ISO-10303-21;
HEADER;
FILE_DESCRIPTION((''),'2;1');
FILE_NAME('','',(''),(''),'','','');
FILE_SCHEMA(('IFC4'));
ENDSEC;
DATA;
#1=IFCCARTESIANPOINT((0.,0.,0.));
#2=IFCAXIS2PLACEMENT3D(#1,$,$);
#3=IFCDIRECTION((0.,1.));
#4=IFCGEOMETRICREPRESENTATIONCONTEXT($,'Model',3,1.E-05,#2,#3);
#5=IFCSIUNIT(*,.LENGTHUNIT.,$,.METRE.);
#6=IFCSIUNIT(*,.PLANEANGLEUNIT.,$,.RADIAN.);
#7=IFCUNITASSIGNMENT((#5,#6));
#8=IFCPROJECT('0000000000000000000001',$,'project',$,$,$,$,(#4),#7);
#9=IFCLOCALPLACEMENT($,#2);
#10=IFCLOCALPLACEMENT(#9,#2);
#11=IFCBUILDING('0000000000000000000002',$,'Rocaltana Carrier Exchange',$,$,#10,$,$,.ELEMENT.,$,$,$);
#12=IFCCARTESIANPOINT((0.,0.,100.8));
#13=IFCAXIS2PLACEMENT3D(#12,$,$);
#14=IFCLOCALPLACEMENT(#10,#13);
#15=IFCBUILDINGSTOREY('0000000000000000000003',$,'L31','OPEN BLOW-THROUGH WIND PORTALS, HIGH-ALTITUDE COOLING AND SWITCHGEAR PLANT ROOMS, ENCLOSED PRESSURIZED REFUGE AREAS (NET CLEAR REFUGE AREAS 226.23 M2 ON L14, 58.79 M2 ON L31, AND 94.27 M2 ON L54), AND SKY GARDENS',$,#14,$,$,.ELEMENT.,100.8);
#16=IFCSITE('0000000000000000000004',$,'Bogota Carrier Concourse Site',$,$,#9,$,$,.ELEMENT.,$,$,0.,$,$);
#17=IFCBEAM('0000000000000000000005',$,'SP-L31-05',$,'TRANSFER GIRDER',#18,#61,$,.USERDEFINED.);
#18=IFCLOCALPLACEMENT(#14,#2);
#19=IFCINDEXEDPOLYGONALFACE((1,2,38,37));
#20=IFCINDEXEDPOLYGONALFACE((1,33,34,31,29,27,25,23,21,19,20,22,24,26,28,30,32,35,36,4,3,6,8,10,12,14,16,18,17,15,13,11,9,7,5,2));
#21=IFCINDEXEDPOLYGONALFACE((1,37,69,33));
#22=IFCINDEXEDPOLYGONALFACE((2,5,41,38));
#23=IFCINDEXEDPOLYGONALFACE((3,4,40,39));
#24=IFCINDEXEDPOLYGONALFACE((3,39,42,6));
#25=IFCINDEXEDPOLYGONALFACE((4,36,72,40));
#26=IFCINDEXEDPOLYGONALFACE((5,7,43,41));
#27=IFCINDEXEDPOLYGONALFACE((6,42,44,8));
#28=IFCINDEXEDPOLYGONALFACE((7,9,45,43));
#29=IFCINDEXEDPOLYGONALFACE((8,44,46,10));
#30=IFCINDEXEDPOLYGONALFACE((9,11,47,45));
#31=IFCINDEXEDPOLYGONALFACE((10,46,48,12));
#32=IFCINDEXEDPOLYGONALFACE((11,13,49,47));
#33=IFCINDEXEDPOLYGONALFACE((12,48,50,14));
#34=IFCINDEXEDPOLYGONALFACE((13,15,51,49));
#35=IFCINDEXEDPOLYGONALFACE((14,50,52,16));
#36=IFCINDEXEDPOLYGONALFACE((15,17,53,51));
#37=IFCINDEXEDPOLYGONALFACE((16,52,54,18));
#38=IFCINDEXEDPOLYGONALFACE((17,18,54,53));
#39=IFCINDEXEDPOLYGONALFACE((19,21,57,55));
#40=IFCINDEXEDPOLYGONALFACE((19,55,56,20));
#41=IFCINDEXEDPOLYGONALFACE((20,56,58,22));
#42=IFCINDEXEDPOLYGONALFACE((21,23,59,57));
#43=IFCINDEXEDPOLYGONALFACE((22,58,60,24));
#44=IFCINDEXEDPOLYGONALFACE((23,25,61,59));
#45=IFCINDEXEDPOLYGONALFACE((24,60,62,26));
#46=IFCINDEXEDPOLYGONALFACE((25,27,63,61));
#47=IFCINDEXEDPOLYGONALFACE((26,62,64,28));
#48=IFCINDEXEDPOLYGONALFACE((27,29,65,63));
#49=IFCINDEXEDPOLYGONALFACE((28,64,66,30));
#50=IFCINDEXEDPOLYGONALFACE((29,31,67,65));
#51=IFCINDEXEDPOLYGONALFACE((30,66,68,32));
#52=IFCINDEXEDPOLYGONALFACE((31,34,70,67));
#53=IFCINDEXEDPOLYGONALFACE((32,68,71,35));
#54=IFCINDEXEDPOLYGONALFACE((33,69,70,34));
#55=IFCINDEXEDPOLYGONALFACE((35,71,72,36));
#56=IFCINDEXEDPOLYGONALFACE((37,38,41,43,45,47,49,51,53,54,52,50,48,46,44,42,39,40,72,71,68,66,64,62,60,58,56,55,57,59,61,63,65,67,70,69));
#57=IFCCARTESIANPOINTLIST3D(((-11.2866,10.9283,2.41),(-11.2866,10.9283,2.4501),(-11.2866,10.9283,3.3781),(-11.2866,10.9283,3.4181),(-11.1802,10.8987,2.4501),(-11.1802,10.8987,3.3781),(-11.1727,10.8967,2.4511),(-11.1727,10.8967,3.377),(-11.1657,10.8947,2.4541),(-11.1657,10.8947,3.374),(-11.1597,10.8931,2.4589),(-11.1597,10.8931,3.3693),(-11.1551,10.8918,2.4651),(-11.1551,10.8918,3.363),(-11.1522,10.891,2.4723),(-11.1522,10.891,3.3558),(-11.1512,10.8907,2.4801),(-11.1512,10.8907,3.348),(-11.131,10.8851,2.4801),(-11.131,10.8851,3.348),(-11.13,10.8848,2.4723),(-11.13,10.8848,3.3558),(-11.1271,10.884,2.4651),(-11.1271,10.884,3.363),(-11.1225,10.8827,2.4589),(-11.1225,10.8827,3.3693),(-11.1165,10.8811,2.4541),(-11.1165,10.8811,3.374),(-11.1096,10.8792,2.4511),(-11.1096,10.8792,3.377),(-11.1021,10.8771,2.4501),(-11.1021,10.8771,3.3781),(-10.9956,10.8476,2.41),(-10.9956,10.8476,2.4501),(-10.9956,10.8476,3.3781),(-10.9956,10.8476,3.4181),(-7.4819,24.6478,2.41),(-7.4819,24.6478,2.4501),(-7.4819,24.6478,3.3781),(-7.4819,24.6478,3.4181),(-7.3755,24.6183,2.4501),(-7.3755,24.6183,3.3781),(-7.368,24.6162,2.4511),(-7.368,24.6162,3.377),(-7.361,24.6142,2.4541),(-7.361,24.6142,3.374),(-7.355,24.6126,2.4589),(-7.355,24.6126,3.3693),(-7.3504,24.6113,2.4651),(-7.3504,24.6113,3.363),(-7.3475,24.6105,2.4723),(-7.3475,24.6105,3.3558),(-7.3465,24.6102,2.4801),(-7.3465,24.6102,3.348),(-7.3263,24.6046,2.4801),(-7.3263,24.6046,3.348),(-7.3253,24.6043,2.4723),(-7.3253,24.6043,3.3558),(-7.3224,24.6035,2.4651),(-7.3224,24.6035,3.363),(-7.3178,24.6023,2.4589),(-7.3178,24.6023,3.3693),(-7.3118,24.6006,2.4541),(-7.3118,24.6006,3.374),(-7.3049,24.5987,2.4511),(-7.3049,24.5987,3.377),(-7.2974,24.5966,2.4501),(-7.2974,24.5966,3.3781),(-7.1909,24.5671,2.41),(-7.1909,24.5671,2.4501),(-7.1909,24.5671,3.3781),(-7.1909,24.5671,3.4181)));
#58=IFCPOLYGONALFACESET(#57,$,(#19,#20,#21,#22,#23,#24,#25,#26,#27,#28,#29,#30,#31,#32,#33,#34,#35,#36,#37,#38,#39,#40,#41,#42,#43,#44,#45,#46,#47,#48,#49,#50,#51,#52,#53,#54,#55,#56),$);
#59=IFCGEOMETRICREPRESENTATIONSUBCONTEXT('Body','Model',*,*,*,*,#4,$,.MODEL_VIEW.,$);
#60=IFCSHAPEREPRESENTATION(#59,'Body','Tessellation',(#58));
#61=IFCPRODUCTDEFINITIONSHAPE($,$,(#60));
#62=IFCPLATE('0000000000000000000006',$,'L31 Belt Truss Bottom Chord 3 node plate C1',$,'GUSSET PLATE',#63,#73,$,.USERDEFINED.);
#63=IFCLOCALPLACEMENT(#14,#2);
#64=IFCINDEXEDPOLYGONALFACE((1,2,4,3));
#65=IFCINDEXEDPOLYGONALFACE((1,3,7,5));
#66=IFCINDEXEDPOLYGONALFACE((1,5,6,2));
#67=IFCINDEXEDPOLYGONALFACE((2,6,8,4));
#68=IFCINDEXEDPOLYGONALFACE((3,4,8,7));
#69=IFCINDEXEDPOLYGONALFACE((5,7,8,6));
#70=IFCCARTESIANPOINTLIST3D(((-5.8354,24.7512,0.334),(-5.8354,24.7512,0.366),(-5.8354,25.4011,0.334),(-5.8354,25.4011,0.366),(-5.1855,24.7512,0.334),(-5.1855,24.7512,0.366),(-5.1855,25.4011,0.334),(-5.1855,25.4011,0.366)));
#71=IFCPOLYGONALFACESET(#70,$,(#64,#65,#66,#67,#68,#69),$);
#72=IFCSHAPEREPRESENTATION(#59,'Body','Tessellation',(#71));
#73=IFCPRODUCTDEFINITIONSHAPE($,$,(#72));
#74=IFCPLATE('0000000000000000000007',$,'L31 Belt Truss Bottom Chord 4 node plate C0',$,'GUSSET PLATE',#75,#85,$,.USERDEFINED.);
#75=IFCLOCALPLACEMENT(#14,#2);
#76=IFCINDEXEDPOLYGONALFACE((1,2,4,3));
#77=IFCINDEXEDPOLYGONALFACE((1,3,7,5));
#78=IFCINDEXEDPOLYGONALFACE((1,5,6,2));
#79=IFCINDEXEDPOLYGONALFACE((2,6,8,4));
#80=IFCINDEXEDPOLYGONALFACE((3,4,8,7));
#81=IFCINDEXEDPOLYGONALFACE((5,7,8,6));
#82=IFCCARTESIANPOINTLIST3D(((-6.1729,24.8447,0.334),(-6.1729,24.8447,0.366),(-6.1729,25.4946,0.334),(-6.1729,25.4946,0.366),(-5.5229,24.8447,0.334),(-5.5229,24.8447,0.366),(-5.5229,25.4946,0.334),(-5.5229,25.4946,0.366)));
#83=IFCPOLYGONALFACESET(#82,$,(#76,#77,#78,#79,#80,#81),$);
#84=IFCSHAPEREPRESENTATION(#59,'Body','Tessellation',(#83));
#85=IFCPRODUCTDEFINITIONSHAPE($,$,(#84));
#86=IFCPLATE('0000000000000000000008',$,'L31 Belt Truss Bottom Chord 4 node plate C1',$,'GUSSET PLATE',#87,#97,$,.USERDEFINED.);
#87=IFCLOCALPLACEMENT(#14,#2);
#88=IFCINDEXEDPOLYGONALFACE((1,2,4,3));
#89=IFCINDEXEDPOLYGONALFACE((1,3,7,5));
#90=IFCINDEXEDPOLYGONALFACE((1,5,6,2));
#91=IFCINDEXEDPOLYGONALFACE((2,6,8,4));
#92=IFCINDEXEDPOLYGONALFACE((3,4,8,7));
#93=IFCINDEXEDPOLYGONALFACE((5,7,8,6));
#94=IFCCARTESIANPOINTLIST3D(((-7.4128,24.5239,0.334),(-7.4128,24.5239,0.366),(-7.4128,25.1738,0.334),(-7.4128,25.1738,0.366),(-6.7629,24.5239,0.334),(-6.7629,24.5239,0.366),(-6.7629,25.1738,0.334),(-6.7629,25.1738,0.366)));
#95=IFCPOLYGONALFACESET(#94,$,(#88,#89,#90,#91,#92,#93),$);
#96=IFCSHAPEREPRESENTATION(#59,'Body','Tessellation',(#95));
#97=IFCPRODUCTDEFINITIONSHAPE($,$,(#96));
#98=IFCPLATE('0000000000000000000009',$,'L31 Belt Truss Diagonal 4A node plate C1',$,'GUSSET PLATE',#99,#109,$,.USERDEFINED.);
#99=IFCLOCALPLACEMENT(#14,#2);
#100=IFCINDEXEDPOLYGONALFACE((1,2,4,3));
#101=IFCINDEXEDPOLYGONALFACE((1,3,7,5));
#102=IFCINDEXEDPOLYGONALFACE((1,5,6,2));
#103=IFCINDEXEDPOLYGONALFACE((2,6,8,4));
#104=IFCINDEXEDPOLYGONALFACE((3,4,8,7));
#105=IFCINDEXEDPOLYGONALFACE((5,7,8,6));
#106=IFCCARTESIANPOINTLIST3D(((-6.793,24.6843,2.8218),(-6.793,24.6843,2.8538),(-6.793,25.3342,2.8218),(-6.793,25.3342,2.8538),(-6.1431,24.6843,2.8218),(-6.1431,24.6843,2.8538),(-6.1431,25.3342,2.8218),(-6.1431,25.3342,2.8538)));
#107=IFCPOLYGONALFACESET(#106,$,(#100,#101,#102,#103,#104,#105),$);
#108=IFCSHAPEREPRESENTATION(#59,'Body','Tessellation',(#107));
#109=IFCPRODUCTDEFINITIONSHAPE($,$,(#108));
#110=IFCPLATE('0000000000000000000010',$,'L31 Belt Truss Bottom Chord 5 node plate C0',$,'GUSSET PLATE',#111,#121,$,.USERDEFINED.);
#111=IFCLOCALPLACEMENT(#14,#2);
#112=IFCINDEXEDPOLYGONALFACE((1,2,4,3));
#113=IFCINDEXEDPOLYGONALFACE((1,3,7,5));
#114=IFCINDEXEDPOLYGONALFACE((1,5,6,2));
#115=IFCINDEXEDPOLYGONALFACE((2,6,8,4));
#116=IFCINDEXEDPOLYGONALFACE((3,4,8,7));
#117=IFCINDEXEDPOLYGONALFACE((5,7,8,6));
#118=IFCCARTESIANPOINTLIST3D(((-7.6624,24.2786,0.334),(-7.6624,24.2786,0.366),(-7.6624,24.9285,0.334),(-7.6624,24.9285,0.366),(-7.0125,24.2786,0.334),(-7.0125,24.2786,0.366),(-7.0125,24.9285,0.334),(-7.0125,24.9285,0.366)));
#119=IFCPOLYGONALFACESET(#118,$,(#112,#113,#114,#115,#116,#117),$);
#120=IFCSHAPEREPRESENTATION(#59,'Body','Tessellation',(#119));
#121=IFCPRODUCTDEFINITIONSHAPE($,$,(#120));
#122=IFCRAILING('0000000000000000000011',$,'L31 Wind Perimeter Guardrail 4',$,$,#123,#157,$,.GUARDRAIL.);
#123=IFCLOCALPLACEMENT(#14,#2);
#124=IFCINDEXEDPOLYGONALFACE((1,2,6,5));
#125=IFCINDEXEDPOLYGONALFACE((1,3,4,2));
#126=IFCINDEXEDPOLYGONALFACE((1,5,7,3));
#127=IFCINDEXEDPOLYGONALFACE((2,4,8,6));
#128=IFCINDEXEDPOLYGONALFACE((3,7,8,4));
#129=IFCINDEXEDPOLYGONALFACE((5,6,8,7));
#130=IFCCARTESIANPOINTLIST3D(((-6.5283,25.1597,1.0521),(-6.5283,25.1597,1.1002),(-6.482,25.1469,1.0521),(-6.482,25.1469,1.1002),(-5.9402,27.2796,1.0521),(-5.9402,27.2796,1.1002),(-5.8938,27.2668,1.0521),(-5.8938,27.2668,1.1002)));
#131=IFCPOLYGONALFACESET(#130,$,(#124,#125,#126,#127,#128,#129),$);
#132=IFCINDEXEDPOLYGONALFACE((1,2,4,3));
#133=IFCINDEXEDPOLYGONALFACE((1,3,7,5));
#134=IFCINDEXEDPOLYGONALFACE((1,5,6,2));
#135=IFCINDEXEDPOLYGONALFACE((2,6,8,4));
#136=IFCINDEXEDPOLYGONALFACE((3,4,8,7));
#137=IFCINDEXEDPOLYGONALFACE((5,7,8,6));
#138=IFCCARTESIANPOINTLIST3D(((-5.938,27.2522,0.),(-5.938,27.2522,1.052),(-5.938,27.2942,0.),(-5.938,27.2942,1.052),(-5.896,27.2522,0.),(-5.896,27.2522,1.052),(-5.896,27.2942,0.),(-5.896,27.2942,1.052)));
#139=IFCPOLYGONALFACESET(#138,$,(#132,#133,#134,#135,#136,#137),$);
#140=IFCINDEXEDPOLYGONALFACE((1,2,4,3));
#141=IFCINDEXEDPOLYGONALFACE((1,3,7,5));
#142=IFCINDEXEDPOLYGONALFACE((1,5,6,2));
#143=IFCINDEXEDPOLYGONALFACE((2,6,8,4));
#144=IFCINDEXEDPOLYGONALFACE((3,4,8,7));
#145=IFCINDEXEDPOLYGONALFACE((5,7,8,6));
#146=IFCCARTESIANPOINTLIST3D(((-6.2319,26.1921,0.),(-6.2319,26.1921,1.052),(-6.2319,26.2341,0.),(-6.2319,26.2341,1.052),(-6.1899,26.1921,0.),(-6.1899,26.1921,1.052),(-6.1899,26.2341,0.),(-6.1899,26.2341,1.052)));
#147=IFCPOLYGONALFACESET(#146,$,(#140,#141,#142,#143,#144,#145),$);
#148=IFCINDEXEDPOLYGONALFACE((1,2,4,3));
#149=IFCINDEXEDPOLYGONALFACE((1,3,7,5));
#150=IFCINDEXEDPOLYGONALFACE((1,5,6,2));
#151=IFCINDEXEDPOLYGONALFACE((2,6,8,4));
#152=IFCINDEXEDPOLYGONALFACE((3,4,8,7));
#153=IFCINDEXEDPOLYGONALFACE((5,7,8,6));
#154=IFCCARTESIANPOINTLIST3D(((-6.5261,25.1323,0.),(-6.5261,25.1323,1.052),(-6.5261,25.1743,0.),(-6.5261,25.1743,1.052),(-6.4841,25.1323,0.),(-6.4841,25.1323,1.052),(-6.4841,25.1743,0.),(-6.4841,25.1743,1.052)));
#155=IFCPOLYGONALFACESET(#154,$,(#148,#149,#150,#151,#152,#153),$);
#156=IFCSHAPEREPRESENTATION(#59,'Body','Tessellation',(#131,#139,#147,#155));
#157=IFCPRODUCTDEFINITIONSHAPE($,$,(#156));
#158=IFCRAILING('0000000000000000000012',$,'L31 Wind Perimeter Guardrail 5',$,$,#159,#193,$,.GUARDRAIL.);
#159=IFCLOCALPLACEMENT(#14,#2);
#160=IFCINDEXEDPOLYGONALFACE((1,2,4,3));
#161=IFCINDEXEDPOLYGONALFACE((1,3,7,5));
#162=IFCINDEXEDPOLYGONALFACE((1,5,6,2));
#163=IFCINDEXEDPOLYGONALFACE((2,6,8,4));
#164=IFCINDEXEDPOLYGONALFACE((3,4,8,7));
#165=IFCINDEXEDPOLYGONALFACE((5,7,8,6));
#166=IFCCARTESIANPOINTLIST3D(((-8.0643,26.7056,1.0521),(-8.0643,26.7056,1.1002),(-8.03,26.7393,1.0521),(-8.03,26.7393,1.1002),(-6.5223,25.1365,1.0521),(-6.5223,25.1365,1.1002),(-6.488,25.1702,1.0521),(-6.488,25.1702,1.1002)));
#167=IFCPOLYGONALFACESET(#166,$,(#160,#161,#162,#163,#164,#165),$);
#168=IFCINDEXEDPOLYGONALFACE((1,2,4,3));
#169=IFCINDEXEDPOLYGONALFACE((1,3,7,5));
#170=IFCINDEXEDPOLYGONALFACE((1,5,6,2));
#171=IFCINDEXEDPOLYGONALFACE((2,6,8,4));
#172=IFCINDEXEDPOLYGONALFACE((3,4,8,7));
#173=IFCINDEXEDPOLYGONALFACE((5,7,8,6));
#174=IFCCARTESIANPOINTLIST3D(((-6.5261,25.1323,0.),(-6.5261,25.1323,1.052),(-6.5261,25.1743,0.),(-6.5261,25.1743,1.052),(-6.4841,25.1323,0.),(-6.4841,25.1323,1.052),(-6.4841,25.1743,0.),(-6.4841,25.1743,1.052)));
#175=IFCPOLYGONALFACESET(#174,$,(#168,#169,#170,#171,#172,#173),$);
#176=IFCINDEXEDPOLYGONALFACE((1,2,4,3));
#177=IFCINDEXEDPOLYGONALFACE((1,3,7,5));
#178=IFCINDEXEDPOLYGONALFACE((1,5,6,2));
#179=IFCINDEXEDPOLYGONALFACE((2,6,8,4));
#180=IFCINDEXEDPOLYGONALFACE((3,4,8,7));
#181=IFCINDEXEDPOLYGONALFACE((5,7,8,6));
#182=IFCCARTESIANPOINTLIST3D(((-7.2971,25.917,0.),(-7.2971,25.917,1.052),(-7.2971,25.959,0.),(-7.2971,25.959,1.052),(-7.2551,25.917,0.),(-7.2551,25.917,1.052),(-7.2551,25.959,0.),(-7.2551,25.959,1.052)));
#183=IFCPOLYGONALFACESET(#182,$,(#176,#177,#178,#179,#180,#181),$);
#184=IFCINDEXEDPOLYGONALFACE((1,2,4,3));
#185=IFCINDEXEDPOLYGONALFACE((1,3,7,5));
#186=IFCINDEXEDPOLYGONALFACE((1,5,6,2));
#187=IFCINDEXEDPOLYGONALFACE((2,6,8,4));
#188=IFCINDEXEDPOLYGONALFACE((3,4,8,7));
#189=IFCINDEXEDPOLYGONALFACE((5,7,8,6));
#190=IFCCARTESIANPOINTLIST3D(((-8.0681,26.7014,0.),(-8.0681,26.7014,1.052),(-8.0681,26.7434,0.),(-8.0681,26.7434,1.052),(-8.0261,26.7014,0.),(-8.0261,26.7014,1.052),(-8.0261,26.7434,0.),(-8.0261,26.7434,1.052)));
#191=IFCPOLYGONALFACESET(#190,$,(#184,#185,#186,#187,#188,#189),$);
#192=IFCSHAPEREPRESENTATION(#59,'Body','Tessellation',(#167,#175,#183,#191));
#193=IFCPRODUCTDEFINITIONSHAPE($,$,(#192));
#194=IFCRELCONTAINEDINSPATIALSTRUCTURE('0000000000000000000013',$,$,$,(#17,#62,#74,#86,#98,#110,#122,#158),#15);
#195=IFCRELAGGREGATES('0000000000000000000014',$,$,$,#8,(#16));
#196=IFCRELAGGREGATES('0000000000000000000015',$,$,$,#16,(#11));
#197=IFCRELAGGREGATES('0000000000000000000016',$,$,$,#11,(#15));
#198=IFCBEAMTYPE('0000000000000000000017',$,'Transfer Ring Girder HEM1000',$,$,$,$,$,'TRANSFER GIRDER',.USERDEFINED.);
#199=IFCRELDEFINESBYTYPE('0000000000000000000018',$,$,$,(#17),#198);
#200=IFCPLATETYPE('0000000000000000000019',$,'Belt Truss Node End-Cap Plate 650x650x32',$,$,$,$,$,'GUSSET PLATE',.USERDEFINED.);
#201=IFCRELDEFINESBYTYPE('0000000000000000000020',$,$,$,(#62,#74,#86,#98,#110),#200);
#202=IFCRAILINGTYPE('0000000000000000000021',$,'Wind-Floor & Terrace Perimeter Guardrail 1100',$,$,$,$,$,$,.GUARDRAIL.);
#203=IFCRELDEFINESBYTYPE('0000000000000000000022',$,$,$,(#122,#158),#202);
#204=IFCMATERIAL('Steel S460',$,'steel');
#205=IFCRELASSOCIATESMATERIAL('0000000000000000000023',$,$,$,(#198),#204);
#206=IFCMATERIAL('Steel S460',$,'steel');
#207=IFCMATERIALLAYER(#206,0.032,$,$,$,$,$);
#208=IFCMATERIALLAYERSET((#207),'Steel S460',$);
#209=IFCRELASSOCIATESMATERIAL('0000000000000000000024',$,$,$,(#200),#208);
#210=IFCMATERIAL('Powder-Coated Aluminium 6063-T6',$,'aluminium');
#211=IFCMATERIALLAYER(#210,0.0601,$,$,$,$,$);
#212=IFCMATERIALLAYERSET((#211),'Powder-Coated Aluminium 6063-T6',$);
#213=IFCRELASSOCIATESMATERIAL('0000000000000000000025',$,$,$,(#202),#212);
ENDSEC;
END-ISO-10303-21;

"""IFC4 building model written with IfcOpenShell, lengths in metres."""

from ifc_helpers import new_model, si_unit, direction, frame, origin, origin_2d, place, context, subcontext, project, spatial, rectangle, i_section, extrude, material, layer, layer_set, material_profile, profile_set, type_object, element, save


model = new_model("IFC4")

# Units and contexts
model_context = context("Model", 3, precision=1e-05, world=origin(), true_north=direction((0.0, 1.0)))
body_context = subcontext(model_context, "Body", "Model", "MODEL_VIEW")
ifc_project = project(units=[si_unit("LENGTHUNIT", "METRE"), si_unit("PLANEANGLEUNIT", "RADIAN")], contexts=[model_context])

# Site, building, storey
site_placement = place(None, origin())
site = spatial("IfcSite", under=ifc_project, at=site_placement, Name="Bogota Carrier Concourse Site", CompositionType="ELEMENT", RefElevation=0.0)
building_placement = place(site_placement, origin())
building = spatial("IfcBuilding", under=site, at=building_placement, Name="Rocaltana Carrier Exchange", CompositionType="ELEMENT")
storey_placement = place(building_placement, frame((0.0, 0.0, 100.8)))
storey = spatial("IfcBuildingStorey", under=building, at=storey_placement, Name="L31", Description="OPEN BLOW-THROUGH WIND PORTALS, HIGH-ALTITUDE COOLING AND SWITCHGEAR PLANT ROOMS, ENCLOSED PRESSURIZED REFUGE AREAS (NET CLEAR REFUGE AREAS 226.23 M2 ON L14, 58.79 M2 ON L31, AND 94.27 M2 ON L54), AND SKY GARDENS", CompositionType="ELEMENT", Elevation=100.8)

# Beam
ifc_material_1 = material(Name="Steel S460", Category="steel")
ifc_material_profile_1 = material_profile(ifc_material_1, i_section(OverallWidth=0.302, OverallDepth=1.0081, WebThickness=0.021, FlangeThickness=0.04, FilletRadius=0.03, at=origin_2d()), Name="HEM1000")
ifc_profile_set_1 = profile_set([ifc_material_profile_1], Name="Steel S460")
beam_type_1 = type_object("IfcBeamType", Name="Transfer Ring Girder HEM1000", ElementType="TRANSFER GIRDER", PredefinedType="USERDEFINED", material=ifc_profile_set_1)
beam_1_placement = place(storey_placement, frame((-7.3364, 24.6074, 2.9141), z_axis=(-0.267234, -0.963632, 0.0), x_axis=(0.963632, -0.267234, 0.0)))
element("IfcBeam", 1, at=beam_1_placement, inside=storey, type_object=beam_type_1, Name="SP-L31-05", ObjectType="TRANSFER GIRDER", PredefinedType="USERDEFINED", context=body_context, shape_type="SweptSolid", body=[
    extrude(i_section(OverallWidth=0.302, OverallDepth=1.0081, WebThickness=0.021, FlangeThickness=0.04, FilletRadius=0.03, at=origin_2d()), origin(), (0.0, 0.0, 1.0), 14.2373),
])

# Plates
ifc_material_2 = material(Name="Steel S460", Category="steel")
ifc_layer_1 = layer(ifc_material_2, 0.032)
ifc_layer_set_1 = layer_set([ifc_layer_1], Name="Steel S460")
plate_type = type_object("IfcPlateType", Name="Belt Truss Node End-Cap Plate 650x650x32", ElementType="GUSSET PLATE", PredefinedType="USERDEFINED", material=ifc_layer_set_1)
for number, where, z_axis, x_axis, name in (
    (2, (-5.5105, 25.0762, 0.334), (0.0, 0.0, 1.0), (1.0, 0.0, 0.0), "L31 Belt Truss Bottom Chord 3 node plate C1"),
    (3, (-5.8479, 25.1697, 0.334), (0.0, 0.0, 1.0), (1.0, 0.0, 0.0), "L31 Belt Truss Bottom Chord 4 node plate C0"),
    (4, (-7.0879, 24.8489, 0.334), (0.0, 0.0, 1.0), (1.0, 0.0, 0.0), "L31 Belt Truss Bottom Chord 4 node plate C1"),
    (5, (-6.468, 25.0093, 2.8218), (0.0, 0.0, 1.0), (1.0, 0.0, 0.0), "L31 Belt Truss Diagonal 4A node plate C1"),
    (6, (-7.3374, 24.6035, 0.334), (0.0, 0.0, 1.0), (1.0, 0.0, 0.0), "L31 Belt Truss Bottom Chord 5 node plate C0"),
):
    element("IfcPlate", number, at=place(storey_placement, frame(where, z_axis=z_axis, x_axis=x_axis)), inside=storey, type_object=plate_type, Name=name, ObjectType="GUSSET PLATE", PredefinedType="USERDEFINED", context=body_context, shape_type="SweptSolid", body=[
        extrude(rectangle(XDim=0.6499, YDim=0.6499, at=origin_2d()), origin(), (0.0, 0.0, 1.0), 0.032),
    ])

# Railings
ifc_material_3 = material(Name="Powder-Coated Aluminium 6063-T6", Category="aluminium")
ifc_layer_2 = layer(ifc_material_3, 0.0601)
ifc_layer_set_2 = layer_set([ifc_layer_2], Name="Powder-Coated Aluminium 6063-T6")
railing_type = type_object("IfcRailingType", Name="Wind-Floor & Terrace Perimeter Guardrail 1100", PredefinedType="GUARDRAIL", material=ifc_layer_set_2)
railing_1_placement = place(storey_placement, frame((-5.917, 27.2732, 0.0)))
element("IfcRailing", 7, at=railing_1_placement, inside=storey, type_object=railing_type, Name="L31 Wind Perimeter Guardrail 4", PredefinedType="GUARDRAIL", context=body_context, shape_type="SweptSolid", body=[
    extrude(rectangle(XDim=0.0481, YDim=0.0481, at=origin_2d()), frame((0.0, 0.0, 1.0762), z_axis=(-0.26734, -0.963602, 0.0), x_axis=(0.963602, -0.26734, 0.0)), (0.0, 0.0, 1.0), 2.2),
    extrude(rectangle(XDim=0.042, YDim=0.042, at=origin_2d()), origin(), (0.0, 0.0, 1.0), 1.052),
    extrude(rectangle(XDim=0.042, YDim=0.042, at=origin_2d()), frame((-0.2939, -1.0601, 0.0)), (0.0, 0.0, 1.0), 1.052),
    extrude(rectangle(XDim=0.042, YDim=0.042, at=origin_2d()), frame((-0.5881, -2.1199, 0.0)), (0.0, 0.0, 1.0), 1.052),
])
railing_2_placement = place(storey_placement, frame((-6.5051, 25.1533, 0.0)))
element("IfcRailing", 8, at=railing_2_placement, inside=storey, type_object=railing_type, Name="L31 Wind Perimeter Guardrail 5", PredefinedType="GUARDRAIL", context=body_context, shape_type="SweptSolid", body=[
    extrude(rectangle(XDim=0.0481, YDim=0.0481, at=origin_2d()), frame((0.0, 0.0, 1.0762), z_axis=(-0.700921, 0.713239, 0.0), x_axis=(-0.713239, -0.700921, 0.0)), (0.0, 0.0, 1.0), 2.2),
    extrude(rectangle(XDim=0.042, YDim=0.042, at=origin_2d()), origin(), (0.0, 0.0, 1.0), 1.052),
    extrude(rectangle(XDim=0.042, YDim=0.042, at=origin_2d()), frame((-0.771, 0.7847, 0.0)), (0.0, 0.0, 1.0), 1.052),
    extrude(rectangle(XDim=0.042, YDim=0.042, at=origin_2d()), frame((-1.542, 1.5691, 0.0)), (0.0, 0.0, 1.0), 1.052),
])

save(model, "model.ifc")
